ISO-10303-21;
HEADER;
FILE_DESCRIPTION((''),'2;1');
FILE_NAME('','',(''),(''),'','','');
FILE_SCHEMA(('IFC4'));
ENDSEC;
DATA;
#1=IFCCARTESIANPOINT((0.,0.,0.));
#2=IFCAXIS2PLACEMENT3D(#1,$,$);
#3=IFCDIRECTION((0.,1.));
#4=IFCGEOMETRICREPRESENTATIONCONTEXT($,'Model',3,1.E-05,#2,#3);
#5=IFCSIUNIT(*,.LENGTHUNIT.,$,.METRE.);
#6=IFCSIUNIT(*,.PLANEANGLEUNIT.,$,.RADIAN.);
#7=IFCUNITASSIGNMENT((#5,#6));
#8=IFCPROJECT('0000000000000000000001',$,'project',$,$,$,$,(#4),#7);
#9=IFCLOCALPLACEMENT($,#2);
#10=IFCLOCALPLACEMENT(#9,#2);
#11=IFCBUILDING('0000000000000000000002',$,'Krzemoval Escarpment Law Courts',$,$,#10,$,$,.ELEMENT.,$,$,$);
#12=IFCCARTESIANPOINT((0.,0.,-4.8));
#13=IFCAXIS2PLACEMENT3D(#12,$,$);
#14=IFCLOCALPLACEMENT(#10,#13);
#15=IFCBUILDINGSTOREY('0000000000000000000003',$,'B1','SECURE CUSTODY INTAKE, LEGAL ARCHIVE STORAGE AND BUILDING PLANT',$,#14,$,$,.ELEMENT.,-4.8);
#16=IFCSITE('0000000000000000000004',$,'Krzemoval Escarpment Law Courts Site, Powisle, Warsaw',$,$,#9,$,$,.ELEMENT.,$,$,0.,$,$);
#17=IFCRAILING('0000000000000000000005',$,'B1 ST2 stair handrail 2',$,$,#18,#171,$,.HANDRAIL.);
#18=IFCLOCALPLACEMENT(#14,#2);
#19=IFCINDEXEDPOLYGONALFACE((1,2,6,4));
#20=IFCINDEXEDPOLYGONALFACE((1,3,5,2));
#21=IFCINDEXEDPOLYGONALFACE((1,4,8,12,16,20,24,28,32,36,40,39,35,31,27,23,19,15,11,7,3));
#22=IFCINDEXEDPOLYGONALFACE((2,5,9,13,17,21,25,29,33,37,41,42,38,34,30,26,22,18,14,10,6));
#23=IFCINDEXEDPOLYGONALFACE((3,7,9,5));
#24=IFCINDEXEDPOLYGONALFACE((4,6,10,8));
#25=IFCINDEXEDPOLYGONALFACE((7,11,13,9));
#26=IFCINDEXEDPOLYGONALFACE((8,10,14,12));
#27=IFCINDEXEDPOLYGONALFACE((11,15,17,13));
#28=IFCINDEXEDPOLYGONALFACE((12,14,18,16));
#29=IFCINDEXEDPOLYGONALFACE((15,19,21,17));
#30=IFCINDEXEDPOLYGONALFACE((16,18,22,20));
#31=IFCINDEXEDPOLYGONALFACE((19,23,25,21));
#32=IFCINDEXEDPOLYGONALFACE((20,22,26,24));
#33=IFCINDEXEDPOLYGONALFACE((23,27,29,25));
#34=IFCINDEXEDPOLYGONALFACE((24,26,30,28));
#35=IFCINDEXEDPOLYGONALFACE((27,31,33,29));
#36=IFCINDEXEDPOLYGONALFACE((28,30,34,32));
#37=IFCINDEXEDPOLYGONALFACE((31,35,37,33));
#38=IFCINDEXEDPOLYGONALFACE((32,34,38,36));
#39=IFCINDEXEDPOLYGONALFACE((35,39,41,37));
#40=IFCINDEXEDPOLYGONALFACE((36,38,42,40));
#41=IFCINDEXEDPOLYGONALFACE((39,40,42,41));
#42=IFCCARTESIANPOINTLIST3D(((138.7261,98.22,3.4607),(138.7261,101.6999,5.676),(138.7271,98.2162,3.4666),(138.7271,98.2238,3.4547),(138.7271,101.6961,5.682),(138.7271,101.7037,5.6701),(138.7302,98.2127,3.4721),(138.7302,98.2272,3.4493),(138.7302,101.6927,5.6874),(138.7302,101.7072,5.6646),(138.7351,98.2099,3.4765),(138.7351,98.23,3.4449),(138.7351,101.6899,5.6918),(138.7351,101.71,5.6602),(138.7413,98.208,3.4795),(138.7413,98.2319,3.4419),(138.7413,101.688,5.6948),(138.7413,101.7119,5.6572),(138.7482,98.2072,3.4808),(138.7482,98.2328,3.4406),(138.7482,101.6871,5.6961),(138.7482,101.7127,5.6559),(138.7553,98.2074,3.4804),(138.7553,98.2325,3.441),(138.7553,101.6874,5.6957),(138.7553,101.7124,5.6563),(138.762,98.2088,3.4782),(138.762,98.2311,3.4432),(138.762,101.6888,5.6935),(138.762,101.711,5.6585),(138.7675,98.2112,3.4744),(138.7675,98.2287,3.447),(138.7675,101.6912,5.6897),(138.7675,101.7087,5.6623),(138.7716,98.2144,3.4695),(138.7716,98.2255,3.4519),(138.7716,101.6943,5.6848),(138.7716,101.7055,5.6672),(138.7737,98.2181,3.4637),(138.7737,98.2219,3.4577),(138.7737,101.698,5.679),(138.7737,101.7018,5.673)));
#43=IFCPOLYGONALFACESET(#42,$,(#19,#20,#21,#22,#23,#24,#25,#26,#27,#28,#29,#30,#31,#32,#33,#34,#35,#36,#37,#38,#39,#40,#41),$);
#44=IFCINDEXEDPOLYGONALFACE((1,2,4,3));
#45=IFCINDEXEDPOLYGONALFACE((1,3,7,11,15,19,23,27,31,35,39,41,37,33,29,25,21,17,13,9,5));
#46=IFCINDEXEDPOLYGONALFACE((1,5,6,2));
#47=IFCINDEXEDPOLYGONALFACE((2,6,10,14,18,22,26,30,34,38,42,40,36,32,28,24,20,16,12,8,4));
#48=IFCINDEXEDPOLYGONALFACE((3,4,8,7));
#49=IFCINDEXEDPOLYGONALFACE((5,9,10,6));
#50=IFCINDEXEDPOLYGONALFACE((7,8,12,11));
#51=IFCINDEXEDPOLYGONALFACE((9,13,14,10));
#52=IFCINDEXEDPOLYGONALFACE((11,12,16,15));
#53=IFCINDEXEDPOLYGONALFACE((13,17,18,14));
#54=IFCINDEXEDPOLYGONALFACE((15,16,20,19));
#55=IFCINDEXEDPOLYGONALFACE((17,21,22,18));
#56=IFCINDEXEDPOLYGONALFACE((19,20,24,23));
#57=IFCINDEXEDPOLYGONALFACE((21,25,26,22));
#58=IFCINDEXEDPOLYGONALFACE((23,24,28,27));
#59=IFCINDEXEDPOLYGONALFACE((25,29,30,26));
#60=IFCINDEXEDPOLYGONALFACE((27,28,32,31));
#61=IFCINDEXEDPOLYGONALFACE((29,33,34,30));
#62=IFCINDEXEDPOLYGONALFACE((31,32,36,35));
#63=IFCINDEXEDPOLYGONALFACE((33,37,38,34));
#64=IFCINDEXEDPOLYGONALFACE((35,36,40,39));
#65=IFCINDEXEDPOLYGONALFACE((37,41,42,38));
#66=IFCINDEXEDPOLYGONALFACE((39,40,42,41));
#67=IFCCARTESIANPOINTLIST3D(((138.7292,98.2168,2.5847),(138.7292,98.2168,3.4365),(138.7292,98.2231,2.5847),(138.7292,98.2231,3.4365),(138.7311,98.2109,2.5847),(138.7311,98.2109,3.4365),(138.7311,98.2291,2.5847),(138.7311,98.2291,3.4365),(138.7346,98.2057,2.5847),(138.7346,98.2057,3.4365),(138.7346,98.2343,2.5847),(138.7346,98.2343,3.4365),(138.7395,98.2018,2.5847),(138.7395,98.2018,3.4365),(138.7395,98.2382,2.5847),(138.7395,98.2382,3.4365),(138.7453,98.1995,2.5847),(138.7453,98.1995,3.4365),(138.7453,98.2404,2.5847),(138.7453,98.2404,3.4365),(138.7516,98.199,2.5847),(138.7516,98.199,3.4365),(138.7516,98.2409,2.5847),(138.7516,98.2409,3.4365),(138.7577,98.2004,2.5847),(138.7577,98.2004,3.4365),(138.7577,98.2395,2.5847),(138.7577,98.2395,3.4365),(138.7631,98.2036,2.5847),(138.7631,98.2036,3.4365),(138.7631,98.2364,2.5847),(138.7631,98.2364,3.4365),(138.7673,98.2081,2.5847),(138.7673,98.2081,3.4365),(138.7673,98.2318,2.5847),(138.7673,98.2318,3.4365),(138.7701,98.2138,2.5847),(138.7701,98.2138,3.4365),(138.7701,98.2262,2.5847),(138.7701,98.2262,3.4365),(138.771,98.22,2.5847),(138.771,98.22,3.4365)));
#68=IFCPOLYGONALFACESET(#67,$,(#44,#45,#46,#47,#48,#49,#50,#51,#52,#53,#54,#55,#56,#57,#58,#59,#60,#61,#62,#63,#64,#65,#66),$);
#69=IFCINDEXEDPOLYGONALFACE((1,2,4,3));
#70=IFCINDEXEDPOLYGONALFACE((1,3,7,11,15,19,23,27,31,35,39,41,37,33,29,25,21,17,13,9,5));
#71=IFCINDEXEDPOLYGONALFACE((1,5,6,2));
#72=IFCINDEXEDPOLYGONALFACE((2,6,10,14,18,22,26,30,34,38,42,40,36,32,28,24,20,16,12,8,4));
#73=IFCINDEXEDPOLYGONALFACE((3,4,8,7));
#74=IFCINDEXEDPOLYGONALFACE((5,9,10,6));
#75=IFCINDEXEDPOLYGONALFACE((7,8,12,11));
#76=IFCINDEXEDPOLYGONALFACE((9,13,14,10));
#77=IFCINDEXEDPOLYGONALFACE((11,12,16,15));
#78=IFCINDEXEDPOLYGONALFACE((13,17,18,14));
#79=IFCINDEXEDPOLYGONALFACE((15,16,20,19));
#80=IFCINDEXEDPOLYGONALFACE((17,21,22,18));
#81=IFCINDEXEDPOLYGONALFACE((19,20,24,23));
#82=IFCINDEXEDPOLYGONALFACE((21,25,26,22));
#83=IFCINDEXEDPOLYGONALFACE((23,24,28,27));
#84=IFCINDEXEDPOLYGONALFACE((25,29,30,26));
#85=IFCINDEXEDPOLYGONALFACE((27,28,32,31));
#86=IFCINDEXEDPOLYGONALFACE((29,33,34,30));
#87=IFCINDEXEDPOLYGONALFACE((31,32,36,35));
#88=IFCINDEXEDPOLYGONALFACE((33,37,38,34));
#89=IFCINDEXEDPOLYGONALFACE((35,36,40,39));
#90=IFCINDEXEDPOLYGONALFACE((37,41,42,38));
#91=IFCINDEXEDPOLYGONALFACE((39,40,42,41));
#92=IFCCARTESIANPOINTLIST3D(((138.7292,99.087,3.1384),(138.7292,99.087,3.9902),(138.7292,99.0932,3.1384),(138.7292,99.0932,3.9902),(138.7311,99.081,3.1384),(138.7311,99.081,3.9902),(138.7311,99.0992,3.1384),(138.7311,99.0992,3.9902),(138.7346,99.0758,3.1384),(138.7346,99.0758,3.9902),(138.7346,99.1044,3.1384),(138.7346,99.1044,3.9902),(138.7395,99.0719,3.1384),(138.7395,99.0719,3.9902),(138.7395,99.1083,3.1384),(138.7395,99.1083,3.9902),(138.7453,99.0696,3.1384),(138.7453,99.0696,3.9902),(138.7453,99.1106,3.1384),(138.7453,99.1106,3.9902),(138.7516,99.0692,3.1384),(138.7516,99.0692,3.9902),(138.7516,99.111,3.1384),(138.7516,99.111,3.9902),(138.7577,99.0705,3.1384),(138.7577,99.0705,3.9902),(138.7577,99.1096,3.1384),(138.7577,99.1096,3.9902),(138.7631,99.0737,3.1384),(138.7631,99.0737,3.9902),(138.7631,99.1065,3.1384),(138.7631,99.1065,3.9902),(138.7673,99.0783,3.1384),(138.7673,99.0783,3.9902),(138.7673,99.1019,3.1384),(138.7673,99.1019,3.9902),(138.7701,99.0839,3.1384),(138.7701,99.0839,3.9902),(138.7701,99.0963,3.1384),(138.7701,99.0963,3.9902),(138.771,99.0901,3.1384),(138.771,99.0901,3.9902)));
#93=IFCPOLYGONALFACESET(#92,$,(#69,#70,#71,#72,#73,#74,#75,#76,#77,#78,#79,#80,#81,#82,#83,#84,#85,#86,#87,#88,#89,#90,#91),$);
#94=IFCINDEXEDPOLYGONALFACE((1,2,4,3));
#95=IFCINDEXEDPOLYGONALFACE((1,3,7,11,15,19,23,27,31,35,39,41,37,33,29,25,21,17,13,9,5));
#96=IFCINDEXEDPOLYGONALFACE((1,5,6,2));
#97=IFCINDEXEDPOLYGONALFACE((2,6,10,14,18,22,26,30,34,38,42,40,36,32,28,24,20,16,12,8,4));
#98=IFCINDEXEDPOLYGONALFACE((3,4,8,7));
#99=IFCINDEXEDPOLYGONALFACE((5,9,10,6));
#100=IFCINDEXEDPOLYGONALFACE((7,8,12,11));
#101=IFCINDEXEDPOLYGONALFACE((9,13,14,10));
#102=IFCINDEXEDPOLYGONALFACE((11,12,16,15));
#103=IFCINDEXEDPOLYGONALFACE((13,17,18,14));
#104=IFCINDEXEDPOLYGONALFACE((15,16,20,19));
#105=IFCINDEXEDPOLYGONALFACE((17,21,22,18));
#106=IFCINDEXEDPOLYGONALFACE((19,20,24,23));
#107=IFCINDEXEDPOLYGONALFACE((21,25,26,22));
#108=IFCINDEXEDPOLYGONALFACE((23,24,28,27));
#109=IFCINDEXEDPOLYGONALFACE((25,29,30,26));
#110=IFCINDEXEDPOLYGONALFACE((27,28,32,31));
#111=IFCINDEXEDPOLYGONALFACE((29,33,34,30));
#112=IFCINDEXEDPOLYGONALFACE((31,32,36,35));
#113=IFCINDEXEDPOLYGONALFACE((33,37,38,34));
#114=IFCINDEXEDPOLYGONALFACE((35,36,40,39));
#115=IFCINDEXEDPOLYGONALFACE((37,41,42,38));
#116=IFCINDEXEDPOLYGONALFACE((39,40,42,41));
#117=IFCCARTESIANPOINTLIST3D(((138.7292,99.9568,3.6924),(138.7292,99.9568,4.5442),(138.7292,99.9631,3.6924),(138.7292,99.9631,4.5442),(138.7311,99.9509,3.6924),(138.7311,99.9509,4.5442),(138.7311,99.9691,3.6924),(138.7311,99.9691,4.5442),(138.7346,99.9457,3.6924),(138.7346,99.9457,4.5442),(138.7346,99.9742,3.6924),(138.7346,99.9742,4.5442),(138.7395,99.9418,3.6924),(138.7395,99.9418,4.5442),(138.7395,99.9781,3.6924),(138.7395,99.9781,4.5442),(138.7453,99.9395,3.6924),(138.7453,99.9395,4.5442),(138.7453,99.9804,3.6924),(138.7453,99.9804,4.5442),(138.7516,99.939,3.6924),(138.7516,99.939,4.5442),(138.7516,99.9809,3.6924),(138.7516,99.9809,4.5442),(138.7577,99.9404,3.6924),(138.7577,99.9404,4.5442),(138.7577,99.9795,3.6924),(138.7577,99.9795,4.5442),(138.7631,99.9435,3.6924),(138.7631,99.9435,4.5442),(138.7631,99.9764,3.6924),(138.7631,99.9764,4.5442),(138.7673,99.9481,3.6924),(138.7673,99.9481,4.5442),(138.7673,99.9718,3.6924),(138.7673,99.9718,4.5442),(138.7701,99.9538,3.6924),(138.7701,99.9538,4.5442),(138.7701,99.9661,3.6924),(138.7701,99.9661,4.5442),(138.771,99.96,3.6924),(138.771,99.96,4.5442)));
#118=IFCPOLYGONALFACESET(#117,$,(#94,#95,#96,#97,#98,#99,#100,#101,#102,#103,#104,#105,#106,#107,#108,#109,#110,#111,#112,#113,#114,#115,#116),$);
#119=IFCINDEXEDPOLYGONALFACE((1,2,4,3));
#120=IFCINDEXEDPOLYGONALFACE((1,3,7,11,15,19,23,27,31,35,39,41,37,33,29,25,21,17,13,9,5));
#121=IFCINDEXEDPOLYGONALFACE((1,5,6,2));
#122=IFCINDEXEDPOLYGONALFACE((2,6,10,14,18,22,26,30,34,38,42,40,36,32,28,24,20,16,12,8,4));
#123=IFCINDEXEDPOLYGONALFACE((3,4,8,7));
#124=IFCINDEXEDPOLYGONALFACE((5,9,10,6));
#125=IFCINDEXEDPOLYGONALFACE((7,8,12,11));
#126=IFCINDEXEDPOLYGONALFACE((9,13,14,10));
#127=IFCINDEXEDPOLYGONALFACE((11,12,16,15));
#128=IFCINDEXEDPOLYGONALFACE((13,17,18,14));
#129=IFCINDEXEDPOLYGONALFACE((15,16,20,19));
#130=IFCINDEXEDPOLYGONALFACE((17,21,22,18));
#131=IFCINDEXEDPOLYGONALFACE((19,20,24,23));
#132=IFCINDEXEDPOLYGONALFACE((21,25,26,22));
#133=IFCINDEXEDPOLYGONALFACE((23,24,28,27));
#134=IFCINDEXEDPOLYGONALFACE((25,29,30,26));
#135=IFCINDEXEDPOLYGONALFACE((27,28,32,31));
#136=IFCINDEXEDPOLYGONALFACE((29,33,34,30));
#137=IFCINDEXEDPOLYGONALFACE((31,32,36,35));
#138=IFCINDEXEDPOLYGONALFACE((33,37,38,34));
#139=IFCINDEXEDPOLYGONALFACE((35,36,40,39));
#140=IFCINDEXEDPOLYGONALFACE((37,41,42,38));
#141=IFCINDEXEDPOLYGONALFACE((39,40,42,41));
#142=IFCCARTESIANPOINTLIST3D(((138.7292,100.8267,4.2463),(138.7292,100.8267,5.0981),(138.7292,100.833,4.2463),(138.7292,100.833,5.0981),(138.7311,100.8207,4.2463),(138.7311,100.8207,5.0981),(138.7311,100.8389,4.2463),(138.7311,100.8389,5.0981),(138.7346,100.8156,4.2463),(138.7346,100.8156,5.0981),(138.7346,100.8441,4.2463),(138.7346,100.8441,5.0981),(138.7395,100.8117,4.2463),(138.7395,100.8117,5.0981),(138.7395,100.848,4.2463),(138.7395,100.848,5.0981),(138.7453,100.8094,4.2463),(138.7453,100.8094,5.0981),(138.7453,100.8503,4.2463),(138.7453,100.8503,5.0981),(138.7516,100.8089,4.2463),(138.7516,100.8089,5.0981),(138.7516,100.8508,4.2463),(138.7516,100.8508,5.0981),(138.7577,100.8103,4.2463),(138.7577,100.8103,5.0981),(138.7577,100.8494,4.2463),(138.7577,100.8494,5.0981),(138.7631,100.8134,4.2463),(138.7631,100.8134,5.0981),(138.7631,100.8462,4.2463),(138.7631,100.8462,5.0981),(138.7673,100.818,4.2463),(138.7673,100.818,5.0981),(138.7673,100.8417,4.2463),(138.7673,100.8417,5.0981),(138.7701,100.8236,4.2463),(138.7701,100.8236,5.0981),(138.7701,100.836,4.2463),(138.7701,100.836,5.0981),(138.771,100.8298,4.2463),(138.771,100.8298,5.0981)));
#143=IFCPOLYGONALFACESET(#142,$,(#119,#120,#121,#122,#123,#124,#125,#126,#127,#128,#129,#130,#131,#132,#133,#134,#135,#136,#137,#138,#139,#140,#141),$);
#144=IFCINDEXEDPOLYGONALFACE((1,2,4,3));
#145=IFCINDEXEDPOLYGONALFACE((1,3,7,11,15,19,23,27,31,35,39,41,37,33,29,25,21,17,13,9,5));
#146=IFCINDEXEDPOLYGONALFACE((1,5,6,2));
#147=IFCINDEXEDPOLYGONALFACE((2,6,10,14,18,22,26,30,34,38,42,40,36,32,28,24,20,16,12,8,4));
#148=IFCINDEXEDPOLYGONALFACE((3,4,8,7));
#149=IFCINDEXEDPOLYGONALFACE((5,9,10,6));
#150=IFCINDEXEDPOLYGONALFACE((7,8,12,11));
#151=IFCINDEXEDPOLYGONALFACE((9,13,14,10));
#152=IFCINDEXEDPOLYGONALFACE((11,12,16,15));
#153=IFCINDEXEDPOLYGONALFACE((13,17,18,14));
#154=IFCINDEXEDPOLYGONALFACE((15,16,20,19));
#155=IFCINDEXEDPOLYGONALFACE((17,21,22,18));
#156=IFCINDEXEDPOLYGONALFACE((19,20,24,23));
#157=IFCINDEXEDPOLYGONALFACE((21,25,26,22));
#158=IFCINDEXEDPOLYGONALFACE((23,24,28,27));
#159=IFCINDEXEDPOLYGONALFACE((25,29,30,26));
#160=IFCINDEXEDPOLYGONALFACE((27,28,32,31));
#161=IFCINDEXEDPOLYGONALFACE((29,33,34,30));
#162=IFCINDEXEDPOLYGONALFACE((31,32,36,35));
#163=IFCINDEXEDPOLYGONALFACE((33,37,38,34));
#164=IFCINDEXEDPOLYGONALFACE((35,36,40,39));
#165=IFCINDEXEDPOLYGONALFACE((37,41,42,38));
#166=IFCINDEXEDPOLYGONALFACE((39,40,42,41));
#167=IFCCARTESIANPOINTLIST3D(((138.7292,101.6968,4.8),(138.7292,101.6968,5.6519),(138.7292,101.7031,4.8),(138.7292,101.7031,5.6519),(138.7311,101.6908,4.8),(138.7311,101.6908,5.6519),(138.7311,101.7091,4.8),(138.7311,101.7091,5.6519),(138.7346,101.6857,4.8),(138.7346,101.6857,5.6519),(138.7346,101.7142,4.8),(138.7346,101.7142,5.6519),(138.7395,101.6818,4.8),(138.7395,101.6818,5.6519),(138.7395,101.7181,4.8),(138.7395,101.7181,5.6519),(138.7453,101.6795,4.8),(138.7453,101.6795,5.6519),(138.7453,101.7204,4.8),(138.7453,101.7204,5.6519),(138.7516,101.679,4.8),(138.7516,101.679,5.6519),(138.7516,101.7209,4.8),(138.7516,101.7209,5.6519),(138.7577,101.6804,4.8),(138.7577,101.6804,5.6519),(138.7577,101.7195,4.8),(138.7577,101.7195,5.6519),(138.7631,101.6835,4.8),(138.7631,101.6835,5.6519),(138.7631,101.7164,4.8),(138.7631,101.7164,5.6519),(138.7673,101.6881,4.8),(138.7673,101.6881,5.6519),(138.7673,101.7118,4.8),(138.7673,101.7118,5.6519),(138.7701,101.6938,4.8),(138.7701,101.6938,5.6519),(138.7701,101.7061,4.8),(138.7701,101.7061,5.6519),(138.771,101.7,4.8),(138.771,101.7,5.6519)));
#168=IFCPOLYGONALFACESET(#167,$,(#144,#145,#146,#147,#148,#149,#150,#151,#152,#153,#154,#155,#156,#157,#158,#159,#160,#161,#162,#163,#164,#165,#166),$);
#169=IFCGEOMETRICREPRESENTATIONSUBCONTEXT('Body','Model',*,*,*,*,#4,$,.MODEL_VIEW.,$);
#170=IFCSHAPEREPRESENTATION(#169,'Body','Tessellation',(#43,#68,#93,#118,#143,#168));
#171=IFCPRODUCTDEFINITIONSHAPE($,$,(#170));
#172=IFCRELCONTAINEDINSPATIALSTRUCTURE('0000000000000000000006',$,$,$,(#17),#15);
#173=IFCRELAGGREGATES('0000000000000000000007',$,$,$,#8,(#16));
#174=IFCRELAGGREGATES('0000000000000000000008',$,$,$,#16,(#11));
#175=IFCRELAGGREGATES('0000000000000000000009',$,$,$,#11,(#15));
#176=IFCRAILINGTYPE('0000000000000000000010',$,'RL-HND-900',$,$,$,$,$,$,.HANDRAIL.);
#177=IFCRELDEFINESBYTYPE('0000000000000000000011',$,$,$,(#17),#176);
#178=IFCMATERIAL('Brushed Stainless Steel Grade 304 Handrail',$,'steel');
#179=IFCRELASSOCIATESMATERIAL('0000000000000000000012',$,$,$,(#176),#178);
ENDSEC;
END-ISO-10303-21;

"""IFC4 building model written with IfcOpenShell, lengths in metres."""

from ifc_helpers import new_model, si_unit, direction, frame, origin, origin_2d, place, context, subcontext, project, spatial, circle, extrude, material, type_object, element, save


model = new_model("IFC4")

# Units and contexts
model_context = context("Model", 3, precision=1e-05, world=origin(), true_north=direction((0.0, 1.0)))
body_context = subcontext(model_context, "Body", "Model", "MODEL_VIEW")
ifc_project = project(units=[si_unit("LENGTHUNIT", "METRE"), si_unit("PLANEANGLEUNIT", "RADIAN")], contexts=[model_context])

# Site, building, storey
site_placement = place(None, origin())
site = spatial("IfcSite", under=ifc_project, at=site_placement, Name="Krzemoval Escarpment Law Courts Site, Powisle, Warsaw", CompositionType="ELEMENT", RefElevation=0.0)
building_placement = place(site_placement, origin())
building = spatial("IfcBuilding", under=site, at=building_placement, Name="Krzemoval Escarpment Law Courts", CompositionType="ELEMENT")
storey_placement = place(building_placement, frame((0.0, 0.0, -4.8)))
storey = spatial("IfcBuildingStorey", under=building, at=storey_placement, Name="B1", Description="SECURE CUSTODY INTAKE, LEGAL ARCHIVE STORAGE AND BUILDING PLANT", CompositionType="ELEMENT", Elevation=-4.8)

# Railing
ifc_material_1 = material(Name="Brushed Stainless Steel Grade 304 Handrail", Category="steel")
railing_type_1 = type_object("IfcRailingType", Name="RL-HND-900", PredefinedType="HANDRAIL", material=ifc_material_1)
railing_1_placement = place(storey_placement, frame((138.75, 98.22, 2.5847)))
element("IfcRailing", 1, at=railing_1_placement, inside=storey, type_object=railing_type_1, Name="B1 ST2 stair handrail 2", PredefinedType="HANDRAIL", context=body_context, shape_type="SweptSolid", body=[
    extrude(circle(Radius=0.0239, at=origin_2d()), frame((0.0, 0.0, 0.876), z_axis=(0.0, 0.843574, 0.537013), x_axis=(-1.0, 0.0, 0.0)), (0.0, 0.0, 1.0), 4.1252),
    extrude(circle(Radius=0.021, at=origin_2d()), origin(), (0.0, 0.0, 1.0), 0.8518),
    extrude(circle(Radius=0.021, at=origin_2d()), frame((0.0, 0.8701, 0.5537)), (0.0, 0.0, 1.0), 0.8518),
    extrude(circle(Radius=0.021, at=origin_2d()), frame((0.0, 1.74, 1.1077)), (0.0, 0.0, 1.0), 0.8518),
    extrude(circle(Radius=0.021, at=origin_2d()), frame((0.0, 2.6099, 1.6616)), (0.0, 0.0, 1.0), 0.8518),
    extrude(circle(Radius=0.021, at=origin_2d()), frame((0.0, 3.48, 2.2153)), (0.0, 0.0, 1.0), 0.8518),
])

save(model, "model.ifc")
